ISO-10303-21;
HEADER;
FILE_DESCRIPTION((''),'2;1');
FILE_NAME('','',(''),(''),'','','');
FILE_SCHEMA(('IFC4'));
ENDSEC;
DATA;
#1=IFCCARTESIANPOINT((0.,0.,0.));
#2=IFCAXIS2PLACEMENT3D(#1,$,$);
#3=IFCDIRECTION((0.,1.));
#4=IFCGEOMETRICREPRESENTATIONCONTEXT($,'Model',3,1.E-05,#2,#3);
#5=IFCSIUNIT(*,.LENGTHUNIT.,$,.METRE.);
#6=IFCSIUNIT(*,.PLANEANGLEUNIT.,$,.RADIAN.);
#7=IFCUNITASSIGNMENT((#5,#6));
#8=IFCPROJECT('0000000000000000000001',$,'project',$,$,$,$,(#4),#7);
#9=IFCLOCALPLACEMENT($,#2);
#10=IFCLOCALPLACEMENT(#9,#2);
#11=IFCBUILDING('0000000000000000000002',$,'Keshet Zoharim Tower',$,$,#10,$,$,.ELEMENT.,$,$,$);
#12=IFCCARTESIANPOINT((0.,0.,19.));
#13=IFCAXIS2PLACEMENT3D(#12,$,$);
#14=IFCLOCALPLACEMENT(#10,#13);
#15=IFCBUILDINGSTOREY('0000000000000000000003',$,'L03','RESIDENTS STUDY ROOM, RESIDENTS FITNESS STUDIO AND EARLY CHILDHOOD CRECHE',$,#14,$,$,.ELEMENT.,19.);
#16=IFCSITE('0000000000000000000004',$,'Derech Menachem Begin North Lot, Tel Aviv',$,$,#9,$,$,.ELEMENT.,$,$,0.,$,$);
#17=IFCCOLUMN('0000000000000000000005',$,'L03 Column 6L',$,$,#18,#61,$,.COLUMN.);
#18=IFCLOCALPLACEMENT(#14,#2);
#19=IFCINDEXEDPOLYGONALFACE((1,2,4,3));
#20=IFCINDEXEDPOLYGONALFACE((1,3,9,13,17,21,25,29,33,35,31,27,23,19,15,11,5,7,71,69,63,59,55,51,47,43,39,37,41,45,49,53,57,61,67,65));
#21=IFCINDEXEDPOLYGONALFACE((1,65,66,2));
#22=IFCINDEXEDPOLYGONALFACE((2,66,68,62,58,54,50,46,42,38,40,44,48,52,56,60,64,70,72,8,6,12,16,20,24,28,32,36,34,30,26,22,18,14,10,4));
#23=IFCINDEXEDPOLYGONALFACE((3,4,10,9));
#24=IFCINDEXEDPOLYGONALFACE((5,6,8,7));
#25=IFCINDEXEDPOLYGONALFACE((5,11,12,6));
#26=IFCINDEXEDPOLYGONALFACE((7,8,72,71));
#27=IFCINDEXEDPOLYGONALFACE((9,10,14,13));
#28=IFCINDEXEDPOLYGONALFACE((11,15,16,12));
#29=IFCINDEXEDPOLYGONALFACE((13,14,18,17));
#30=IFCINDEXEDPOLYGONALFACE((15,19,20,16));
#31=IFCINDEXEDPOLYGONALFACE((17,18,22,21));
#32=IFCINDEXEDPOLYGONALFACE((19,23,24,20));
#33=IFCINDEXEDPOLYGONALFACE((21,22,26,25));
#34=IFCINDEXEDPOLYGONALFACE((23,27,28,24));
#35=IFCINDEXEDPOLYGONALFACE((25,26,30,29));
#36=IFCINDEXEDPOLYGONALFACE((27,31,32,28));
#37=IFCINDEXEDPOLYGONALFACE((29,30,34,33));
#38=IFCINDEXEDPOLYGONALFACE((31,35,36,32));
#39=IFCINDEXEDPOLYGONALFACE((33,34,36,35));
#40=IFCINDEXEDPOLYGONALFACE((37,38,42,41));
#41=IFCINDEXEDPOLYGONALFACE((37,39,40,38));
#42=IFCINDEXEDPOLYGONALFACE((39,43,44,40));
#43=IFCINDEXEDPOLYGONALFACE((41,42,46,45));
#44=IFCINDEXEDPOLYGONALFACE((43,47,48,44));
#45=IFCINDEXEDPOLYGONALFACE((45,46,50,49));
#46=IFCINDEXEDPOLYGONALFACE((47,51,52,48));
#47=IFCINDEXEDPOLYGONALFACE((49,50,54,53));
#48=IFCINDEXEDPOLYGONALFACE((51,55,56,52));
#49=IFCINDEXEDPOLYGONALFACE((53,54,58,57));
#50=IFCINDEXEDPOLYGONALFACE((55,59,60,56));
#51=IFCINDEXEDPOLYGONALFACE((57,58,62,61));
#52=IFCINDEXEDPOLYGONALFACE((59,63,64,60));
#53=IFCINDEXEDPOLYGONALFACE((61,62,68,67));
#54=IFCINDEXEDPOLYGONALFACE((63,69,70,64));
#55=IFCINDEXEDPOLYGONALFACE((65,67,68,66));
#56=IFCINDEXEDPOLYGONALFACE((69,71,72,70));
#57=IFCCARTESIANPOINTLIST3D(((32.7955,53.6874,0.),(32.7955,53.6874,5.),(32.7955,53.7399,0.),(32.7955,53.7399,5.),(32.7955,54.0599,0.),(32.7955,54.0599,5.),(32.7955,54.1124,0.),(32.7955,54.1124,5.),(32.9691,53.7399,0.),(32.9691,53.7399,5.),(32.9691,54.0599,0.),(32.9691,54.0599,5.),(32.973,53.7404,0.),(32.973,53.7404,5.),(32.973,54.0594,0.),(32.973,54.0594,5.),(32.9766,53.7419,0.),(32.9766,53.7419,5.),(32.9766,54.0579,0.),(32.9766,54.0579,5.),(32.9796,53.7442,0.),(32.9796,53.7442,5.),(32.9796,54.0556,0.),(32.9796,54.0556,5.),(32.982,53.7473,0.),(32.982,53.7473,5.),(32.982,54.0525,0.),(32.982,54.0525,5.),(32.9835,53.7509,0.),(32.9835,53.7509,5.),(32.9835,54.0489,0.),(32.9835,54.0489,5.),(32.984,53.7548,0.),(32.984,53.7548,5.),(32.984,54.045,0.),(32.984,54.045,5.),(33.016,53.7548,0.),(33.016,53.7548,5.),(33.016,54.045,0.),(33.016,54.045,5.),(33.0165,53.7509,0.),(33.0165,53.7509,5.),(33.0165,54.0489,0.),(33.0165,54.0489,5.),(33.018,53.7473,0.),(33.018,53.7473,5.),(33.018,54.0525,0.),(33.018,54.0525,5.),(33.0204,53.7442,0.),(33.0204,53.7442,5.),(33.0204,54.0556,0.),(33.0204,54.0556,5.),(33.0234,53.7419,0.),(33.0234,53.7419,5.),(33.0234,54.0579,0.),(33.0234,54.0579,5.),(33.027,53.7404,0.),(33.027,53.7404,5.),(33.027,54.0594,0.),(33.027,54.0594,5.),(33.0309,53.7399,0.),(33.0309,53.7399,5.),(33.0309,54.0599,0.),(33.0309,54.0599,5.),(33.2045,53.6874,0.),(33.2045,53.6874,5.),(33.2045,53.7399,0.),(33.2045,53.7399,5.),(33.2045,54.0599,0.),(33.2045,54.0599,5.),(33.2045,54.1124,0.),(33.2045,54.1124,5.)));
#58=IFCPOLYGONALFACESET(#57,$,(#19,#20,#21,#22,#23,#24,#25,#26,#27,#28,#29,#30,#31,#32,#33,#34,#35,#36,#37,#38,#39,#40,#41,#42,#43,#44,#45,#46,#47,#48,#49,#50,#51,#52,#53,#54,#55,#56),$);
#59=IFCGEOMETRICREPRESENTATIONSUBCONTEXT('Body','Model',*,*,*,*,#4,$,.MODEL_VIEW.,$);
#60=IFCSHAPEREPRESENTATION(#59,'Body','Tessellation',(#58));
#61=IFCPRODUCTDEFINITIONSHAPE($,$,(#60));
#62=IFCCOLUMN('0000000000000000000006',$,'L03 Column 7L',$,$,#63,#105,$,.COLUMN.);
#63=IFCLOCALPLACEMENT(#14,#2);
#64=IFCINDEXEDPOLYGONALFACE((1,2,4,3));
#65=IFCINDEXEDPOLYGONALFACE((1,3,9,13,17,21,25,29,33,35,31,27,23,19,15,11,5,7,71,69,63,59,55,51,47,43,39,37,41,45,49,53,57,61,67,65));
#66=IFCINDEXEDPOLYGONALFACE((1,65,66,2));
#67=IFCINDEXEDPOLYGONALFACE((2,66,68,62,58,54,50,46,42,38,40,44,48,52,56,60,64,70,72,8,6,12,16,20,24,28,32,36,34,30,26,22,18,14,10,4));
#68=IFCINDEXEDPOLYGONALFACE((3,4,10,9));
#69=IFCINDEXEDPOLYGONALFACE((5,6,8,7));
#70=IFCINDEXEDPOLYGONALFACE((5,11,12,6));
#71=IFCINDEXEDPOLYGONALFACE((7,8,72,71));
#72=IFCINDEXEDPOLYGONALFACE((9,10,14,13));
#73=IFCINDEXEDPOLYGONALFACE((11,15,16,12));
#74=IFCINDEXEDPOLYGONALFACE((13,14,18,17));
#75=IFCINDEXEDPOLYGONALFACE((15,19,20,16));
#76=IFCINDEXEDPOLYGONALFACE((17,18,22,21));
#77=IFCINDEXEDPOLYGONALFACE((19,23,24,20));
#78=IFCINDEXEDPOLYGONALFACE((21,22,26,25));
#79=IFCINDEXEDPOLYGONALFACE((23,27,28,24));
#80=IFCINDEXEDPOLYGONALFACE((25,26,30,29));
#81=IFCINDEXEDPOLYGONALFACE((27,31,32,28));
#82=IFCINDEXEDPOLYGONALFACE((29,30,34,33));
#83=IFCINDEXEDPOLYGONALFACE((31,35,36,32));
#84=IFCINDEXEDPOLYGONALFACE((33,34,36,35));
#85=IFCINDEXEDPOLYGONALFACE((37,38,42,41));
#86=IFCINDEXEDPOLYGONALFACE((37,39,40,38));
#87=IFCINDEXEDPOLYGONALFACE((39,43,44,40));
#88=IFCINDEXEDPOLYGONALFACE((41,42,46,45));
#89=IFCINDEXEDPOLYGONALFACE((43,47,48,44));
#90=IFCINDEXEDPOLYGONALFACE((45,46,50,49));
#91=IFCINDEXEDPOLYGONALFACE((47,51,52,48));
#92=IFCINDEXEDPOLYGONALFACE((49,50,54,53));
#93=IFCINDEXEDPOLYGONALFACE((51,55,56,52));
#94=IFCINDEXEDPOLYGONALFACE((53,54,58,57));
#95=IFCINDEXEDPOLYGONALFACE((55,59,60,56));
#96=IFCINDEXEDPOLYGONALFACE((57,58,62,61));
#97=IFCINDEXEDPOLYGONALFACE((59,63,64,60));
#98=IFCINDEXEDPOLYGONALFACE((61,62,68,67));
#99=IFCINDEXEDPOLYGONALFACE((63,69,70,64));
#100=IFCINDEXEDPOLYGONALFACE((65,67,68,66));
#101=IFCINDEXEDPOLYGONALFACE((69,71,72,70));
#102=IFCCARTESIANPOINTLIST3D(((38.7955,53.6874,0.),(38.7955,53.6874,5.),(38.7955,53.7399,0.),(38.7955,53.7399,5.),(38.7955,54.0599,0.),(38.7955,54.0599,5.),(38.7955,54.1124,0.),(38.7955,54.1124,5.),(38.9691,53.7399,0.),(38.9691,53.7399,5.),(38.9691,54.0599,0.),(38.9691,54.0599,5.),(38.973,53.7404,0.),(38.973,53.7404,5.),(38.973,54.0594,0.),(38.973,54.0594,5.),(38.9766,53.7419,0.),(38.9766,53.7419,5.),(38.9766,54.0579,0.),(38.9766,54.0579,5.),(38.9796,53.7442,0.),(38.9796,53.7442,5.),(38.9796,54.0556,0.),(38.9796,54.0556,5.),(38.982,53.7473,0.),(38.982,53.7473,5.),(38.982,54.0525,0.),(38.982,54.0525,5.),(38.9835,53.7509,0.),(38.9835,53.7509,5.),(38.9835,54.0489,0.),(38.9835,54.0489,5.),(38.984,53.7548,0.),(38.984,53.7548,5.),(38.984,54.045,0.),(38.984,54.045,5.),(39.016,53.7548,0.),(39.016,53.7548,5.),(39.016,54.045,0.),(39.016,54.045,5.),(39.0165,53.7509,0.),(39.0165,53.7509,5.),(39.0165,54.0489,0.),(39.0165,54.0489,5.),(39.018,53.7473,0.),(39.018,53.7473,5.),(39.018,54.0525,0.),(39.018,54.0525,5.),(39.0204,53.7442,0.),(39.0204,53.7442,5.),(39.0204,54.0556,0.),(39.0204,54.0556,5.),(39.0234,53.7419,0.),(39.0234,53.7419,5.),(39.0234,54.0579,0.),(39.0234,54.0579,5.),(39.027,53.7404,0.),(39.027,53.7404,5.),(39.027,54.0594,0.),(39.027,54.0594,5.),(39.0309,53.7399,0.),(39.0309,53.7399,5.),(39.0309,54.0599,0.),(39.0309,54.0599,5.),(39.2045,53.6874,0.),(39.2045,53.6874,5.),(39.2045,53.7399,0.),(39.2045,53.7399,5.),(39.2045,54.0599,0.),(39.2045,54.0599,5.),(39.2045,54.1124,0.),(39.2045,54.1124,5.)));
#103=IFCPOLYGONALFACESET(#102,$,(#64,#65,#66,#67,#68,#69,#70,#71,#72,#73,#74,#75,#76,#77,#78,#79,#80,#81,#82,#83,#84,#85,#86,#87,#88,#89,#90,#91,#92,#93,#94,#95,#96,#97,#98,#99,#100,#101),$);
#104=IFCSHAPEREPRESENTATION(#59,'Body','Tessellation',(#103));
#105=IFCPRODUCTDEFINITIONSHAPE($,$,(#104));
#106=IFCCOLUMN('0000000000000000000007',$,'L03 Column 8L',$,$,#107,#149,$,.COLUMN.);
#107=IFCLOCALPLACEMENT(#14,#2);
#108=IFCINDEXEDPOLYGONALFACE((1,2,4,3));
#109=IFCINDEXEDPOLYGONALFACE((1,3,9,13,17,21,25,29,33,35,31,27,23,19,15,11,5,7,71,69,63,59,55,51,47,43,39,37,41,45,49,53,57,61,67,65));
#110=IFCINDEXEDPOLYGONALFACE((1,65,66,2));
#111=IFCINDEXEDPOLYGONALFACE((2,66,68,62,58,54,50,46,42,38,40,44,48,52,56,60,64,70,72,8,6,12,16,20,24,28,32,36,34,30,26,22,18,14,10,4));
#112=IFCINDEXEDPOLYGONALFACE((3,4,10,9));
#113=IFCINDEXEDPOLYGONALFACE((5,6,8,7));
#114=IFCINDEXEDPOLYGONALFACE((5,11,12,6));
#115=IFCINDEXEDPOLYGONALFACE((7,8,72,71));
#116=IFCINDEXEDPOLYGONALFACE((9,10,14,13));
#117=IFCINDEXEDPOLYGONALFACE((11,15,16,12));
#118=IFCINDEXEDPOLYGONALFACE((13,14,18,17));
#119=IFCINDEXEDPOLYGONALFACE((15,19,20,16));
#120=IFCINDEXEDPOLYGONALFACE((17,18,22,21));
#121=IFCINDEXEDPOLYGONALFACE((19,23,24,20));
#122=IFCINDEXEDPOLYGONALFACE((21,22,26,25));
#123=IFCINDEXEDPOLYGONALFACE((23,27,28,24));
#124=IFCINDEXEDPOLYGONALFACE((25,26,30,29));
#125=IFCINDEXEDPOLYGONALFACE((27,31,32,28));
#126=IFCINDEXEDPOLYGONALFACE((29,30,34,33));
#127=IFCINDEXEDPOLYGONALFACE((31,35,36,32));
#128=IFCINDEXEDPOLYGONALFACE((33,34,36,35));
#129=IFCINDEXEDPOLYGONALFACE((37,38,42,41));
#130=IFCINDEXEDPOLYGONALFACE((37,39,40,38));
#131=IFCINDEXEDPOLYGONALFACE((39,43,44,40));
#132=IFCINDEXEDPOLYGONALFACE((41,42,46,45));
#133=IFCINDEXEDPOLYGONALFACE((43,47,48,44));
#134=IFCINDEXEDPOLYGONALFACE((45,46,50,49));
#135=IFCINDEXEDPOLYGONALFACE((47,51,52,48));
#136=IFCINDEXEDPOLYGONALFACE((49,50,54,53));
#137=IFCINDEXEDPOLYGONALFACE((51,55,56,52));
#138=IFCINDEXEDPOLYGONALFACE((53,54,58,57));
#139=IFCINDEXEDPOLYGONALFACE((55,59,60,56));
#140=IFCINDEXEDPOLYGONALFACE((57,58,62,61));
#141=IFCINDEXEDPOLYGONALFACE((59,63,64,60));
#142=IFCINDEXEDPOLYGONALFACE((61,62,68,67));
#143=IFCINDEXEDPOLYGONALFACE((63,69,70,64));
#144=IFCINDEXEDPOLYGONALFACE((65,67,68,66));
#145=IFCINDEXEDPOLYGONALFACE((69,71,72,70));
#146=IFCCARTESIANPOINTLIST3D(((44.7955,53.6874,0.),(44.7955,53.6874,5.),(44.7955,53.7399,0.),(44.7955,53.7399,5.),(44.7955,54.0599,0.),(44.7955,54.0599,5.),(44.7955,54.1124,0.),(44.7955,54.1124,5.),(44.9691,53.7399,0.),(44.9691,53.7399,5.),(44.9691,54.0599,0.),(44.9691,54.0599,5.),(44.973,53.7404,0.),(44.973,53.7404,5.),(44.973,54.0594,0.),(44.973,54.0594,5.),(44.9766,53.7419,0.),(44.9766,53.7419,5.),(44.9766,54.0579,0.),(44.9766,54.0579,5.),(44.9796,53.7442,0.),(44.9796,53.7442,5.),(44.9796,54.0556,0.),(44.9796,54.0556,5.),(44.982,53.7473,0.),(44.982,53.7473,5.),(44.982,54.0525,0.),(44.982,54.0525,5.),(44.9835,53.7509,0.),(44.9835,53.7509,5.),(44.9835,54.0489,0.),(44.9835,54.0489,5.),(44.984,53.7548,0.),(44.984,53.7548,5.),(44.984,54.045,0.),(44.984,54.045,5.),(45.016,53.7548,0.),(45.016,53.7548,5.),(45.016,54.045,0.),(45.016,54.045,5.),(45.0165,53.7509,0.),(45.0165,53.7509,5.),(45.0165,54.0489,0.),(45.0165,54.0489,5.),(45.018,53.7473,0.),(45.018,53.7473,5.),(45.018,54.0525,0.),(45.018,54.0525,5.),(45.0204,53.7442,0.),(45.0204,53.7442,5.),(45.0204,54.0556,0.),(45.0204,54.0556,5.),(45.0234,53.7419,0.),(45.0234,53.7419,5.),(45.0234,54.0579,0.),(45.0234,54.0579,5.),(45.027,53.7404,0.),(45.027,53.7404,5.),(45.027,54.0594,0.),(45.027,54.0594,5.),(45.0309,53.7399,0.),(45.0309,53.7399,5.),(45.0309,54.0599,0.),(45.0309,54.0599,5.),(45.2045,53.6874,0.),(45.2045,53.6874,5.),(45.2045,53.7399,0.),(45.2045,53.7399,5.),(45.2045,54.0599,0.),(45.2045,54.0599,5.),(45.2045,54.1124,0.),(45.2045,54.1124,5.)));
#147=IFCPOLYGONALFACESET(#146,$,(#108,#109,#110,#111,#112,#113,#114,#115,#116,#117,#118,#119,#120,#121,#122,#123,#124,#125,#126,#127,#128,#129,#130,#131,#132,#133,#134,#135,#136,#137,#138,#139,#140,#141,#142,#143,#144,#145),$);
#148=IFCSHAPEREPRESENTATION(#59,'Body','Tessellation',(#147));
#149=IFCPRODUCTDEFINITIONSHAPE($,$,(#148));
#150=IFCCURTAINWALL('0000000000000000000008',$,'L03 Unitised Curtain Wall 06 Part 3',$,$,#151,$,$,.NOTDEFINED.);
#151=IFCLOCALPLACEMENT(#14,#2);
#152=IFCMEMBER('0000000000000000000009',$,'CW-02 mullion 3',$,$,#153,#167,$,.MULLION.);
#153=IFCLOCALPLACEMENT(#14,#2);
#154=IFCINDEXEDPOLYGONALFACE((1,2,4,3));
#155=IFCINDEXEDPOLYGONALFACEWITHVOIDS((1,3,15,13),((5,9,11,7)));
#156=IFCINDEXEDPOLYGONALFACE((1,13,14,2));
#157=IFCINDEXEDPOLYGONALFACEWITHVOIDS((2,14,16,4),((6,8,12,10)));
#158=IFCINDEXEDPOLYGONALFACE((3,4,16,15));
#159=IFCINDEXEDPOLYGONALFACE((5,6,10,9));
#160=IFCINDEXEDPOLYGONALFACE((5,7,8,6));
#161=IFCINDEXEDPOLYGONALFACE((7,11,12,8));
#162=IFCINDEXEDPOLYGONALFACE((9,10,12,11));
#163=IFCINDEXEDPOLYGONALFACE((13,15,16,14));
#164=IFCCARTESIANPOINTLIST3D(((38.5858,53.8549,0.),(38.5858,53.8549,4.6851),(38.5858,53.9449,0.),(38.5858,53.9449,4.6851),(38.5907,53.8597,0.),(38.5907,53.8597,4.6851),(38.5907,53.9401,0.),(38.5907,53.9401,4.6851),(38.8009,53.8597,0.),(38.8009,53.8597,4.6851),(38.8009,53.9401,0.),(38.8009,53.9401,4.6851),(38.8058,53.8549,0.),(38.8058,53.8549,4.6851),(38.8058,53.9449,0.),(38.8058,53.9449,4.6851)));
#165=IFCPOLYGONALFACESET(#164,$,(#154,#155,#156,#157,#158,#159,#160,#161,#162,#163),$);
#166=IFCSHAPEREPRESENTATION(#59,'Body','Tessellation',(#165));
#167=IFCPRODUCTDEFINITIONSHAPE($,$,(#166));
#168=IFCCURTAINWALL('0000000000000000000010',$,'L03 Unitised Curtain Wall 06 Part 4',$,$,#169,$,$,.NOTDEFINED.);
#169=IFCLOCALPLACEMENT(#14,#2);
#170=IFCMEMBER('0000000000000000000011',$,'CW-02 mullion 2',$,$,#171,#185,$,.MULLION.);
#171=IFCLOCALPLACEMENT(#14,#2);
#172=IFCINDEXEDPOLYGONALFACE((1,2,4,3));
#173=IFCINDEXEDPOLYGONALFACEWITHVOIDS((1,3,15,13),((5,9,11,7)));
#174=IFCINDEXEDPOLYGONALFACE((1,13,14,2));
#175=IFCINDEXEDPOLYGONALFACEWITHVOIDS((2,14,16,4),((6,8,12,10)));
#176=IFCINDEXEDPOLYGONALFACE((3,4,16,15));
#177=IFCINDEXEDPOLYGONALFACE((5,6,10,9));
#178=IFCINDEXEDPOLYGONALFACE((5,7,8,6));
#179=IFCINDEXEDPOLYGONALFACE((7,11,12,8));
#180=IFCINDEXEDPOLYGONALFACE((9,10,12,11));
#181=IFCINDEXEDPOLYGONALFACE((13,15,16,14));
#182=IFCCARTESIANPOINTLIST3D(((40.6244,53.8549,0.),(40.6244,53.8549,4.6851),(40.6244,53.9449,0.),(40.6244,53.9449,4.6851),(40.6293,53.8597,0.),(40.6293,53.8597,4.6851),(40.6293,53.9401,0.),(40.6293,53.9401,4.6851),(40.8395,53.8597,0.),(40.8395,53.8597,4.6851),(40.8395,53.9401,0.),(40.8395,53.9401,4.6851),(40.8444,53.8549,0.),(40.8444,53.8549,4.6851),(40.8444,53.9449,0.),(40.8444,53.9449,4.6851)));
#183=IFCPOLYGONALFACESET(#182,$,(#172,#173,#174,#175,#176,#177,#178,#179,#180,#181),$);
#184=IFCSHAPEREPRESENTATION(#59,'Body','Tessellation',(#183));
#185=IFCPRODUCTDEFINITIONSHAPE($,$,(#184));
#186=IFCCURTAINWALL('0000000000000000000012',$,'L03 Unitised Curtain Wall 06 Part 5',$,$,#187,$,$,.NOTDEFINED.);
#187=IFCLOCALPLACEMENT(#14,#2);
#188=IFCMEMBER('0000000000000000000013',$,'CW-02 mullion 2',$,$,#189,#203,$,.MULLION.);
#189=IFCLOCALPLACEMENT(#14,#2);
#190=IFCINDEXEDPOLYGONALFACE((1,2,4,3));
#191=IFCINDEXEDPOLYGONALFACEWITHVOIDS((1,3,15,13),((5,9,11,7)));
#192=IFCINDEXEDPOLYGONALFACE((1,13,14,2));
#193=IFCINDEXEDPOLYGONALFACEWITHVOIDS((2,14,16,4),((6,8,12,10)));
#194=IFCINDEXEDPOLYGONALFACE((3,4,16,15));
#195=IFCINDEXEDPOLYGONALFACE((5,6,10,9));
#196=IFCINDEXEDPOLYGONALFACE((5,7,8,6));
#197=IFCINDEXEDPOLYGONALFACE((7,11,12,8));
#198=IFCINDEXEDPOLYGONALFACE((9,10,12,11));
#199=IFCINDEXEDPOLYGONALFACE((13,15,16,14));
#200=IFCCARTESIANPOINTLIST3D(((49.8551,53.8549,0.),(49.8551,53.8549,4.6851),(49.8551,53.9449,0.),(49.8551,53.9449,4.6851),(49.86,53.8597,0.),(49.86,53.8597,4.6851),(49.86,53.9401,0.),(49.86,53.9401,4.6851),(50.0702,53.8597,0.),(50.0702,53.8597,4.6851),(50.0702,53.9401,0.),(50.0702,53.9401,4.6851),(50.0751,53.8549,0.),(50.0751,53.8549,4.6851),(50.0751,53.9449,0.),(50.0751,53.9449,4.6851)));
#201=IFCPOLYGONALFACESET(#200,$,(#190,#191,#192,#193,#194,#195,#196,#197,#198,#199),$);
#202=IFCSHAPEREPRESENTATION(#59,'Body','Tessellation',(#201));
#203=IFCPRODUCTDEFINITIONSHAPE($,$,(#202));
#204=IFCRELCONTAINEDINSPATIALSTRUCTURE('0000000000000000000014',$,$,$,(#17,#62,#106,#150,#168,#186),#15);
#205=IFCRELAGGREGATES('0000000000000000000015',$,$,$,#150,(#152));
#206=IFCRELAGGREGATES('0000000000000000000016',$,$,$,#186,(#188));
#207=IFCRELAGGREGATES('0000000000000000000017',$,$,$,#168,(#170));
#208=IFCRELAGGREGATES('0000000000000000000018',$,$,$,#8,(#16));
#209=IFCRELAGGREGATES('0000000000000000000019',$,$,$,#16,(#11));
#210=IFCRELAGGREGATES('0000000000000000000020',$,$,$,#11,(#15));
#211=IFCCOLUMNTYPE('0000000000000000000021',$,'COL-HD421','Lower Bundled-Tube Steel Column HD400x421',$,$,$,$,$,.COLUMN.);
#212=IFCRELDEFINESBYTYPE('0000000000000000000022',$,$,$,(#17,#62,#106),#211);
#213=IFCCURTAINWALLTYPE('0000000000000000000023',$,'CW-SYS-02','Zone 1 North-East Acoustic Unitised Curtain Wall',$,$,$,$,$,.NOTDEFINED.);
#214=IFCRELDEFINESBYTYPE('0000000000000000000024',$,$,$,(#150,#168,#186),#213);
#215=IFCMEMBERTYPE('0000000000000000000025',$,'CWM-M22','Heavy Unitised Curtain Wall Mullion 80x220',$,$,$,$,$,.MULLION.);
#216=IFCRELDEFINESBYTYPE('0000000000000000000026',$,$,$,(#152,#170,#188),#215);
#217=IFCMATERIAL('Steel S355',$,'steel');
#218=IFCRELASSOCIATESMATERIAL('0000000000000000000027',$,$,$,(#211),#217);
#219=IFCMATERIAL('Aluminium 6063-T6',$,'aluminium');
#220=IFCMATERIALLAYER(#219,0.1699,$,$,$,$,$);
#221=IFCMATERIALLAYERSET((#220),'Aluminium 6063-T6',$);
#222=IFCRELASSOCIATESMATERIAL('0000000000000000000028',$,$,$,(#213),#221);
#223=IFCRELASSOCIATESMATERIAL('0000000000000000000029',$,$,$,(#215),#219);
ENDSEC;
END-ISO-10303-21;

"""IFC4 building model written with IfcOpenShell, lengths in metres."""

from ifc_helpers import new_model, si_unit, direction, frame, origin, origin_2d, place, context, subcontext, project, spatial, hollow_rectangle, i_section, extrude, material, layer, layer_set, material_profile, profile_set, type_object, element, aggregate, save


model = new_model("IFC4")

# Units and contexts
model_context = context("Model", 3, precision=1e-05, world=origin(), true_north=direction((0.0, 1.0)))
body_context = subcontext(model_context, "Body", "Model", "MODEL_VIEW")
ifc_project = project(units=[si_unit("LENGTHUNIT", "METRE"), si_unit("PLANEANGLEUNIT", "RADIAN")], contexts=[model_context])

# Site, building, storey
site_placement = place(None, origin())
site = spatial("IfcSite", under=ifc_project, at=site_placement, Name="Derech Menachem Begin North Lot, Tel Aviv", CompositionType="ELEMENT", RefElevation=0.0)
building_placement = place(site_placement, origin())
building = spatial("IfcBuilding", under=site, at=building_placement, Name="Keshet Zoharim Tower", CompositionType="ELEMENT")
storey_placement = place(building_placement, frame((0.0, 0.0, 19.0)))
storey = spatial("IfcBuildingStorey", under=building, at=storey_placement, Name="L03", Description="RESIDENTS STUDY ROOM, RESIDENTS FITNESS STUDIO AND EARLY CHILDHOOD CRECHE", CompositionType="ELEMENT", Elevation=19.0)

# Columns
ifc_material_1 = material(Name="Steel S355", Category="steel")
ifc_material_profile_1 = material_profile(ifc_material_1, i_section(OverallWidth=0.4089, OverallDepth=0.425, WebThickness=0.032, FlangeThickness=0.0525, FilletRadius=0.0149, at=origin_2d()), Name="HD400x421")
ifc_profile_set_1 = profile_set([ifc_material_profile_1], Name="Steel S355")
column_type = type_object("IfcColumnType", Name="COL-HD421", Description="Lower Bundled-Tube Steel Column HD400x421", PredefinedType="COLUMN", material=ifc_profile_set_1)
for number, where, z_axis, x_axis, name in (
    (1, (33.0, 53.8999, 0.0), (0.0, 0.0, 1.0), (1.0, 0.0, 0.0), "L03 Column 6L"),
    (2, (39.0, 53.8999, 0.0), (0.0, 0.0, 1.0), (1.0, 0.0, 0.0), "L03 Column 7L"),
    (3, (45.0, 53.8999, 0.0), (0.0, 0.0, 1.0), (1.0, 0.0, 0.0), "L03 Column 8L"),
):
    element("IfcColumn", number, at=place(storey_placement, frame(where, z_axis=z_axis, x_axis=x_axis)), inside=storey, type_object=column_type, Name=name, PredefinedType="COLUMN", context=body_context, shape_type="SweptSolid", body=[
        extrude(i_section(OverallWidth=0.4089, OverallDepth=0.425, WebThickness=0.032, FlangeThickness=0.0525, FilletRadius=0.0149, at=origin_2d()), origin(), (0.0, 0.0, 1.0), 5.0),
    ])

# Curtain walls, members
ifc_material_2 = material(Name="Aluminium 6063-T6", Category="aluminium")
ifc_layer_1 = layer(ifc_material_2, 0.1699)
ifc_layer_set_1 = layer_set([ifc_layer_1], Name="Aluminium 6063-T6")
curtain_wall_type = type_object("IfcCurtainWallType", Name="CW-SYS-02", Description="Zone 1 North-East Acoustic Unitised Curtain Wall", PredefinedType="NOTDEFINED", material=ifc_layer_set_1)
curtain_wall_1_placement = place(storey_placement, origin())
curtain_wall_1 = element("IfcCurtainWall", 4, at=curtain_wall_1_placement, inside=storey, type_object=curtain_wall_type, Name="L03 Unitised Curtain Wall 06 Part 3", PredefinedType="NOTDEFINED")
ifc_material_profile_2 = material_profile(ifc_material_2, hollow_rectangle(XDim=0.0901, YDim=0.22, WallThickness=0.0049, at=origin_2d()), Name="MUL-90x220")
ifc_profile_set_2 = profile_set([ifc_material_profile_2], Name="Aluminium 6063-T6")
member_type_1 = type_object("IfcMemberType", Name="CWM-M22", Description="Heavy Unitised Curtain Wall Mullion 80x220", PredefinedType="MULLION", material=ifc_profile_set_2)
member_1_placement = place(storey_placement, frame((38.6958, 53.8999, 0.0), z_axis=(0.0, 0.0, 1.0), x_axis=(0.0, 1.0, 0.0)))
member_1 = element("IfcMember", 5, at=member_1_placement, type_object=member_type_1, Name="CW-02 mullion 3", PredefinedType="MULLION", context=body_context, shape_type="SweptSolid", body=[
    extrude(hollow_rectangle(XDim=0.0901, YDim=0.22, WallThickness=0.0049, at=origin_2d()), origin(), (0.0, 0.0, 1.0), 4.6851),
])
curtain_wall_2_placement = place(storey_placement, origin())
curtain_wall_2 = element("IfcCurtainWall", 6, at=curtain_wall_2_placement, inside=storey, type_object=curtain_wall_type, Name="L03 Unitised Curtain Wall 06 Part 4", PredefinedType="NOTDEFINED")
member_2_placement = place(storey_placement, frame((40.7344, 53.8999, 0.0), z_axis=(0.0, 0.0, 1.0), x_axis=(0.0, 1.0, 0.0)))
member_2 = element("IfcMember", 7, at=member_2_placement, type_object=member_type_1, Name="CW-02 mullion 2", PredefinedType="MULLION", context=body_context, shape_type="SweptSolid", body=[
    extrude(hollow_rectangle(XDim=0.0901, YDim=0.22, WallThickness=0.0049, at=origin_2d()), origin(), (0.0, 0.0, 1.0), 4.6851),
])
curtain_wall_3_placement = place(storey_placement, origin())
curtain_wall_3 = element("IfcCurtainWall", 8, at=curtain_wall_3_placement, inside=storey, type_object=curtain_wall_type, Name="L03 Unitised Curtain Wall 06 Part 5", PredefinedType="NOTDEFINED")
member_3_placement = place(storey_placement, frame((49.9651, 53.8999, 0.0), z_axis=(0.0, 0.0, 1.0), x_axis=(0.0, 1.0, 0.0)))
member_3 = element("IfcMember", 9, at=member_3_placement, type_object=member_type_1, Name="CW-02 mullion 2", PredefinedType="MULLION", context=body_context, shape_type="SweptSolid", body=[
    extrude(hollow_rectangle(XDim=0.0901, YDim=0.22, WallThickness=0.0049, at=origin_2d()), origin(), (0.0, 0.0, 1.0), 4.6851),
])

aggregate(curtain_wall_1, [member_1])
aggregate(curtain_wall_3, [member_3])
aggregate(curtain_wall_2, [member_2])

save(model, "model.ifc")
